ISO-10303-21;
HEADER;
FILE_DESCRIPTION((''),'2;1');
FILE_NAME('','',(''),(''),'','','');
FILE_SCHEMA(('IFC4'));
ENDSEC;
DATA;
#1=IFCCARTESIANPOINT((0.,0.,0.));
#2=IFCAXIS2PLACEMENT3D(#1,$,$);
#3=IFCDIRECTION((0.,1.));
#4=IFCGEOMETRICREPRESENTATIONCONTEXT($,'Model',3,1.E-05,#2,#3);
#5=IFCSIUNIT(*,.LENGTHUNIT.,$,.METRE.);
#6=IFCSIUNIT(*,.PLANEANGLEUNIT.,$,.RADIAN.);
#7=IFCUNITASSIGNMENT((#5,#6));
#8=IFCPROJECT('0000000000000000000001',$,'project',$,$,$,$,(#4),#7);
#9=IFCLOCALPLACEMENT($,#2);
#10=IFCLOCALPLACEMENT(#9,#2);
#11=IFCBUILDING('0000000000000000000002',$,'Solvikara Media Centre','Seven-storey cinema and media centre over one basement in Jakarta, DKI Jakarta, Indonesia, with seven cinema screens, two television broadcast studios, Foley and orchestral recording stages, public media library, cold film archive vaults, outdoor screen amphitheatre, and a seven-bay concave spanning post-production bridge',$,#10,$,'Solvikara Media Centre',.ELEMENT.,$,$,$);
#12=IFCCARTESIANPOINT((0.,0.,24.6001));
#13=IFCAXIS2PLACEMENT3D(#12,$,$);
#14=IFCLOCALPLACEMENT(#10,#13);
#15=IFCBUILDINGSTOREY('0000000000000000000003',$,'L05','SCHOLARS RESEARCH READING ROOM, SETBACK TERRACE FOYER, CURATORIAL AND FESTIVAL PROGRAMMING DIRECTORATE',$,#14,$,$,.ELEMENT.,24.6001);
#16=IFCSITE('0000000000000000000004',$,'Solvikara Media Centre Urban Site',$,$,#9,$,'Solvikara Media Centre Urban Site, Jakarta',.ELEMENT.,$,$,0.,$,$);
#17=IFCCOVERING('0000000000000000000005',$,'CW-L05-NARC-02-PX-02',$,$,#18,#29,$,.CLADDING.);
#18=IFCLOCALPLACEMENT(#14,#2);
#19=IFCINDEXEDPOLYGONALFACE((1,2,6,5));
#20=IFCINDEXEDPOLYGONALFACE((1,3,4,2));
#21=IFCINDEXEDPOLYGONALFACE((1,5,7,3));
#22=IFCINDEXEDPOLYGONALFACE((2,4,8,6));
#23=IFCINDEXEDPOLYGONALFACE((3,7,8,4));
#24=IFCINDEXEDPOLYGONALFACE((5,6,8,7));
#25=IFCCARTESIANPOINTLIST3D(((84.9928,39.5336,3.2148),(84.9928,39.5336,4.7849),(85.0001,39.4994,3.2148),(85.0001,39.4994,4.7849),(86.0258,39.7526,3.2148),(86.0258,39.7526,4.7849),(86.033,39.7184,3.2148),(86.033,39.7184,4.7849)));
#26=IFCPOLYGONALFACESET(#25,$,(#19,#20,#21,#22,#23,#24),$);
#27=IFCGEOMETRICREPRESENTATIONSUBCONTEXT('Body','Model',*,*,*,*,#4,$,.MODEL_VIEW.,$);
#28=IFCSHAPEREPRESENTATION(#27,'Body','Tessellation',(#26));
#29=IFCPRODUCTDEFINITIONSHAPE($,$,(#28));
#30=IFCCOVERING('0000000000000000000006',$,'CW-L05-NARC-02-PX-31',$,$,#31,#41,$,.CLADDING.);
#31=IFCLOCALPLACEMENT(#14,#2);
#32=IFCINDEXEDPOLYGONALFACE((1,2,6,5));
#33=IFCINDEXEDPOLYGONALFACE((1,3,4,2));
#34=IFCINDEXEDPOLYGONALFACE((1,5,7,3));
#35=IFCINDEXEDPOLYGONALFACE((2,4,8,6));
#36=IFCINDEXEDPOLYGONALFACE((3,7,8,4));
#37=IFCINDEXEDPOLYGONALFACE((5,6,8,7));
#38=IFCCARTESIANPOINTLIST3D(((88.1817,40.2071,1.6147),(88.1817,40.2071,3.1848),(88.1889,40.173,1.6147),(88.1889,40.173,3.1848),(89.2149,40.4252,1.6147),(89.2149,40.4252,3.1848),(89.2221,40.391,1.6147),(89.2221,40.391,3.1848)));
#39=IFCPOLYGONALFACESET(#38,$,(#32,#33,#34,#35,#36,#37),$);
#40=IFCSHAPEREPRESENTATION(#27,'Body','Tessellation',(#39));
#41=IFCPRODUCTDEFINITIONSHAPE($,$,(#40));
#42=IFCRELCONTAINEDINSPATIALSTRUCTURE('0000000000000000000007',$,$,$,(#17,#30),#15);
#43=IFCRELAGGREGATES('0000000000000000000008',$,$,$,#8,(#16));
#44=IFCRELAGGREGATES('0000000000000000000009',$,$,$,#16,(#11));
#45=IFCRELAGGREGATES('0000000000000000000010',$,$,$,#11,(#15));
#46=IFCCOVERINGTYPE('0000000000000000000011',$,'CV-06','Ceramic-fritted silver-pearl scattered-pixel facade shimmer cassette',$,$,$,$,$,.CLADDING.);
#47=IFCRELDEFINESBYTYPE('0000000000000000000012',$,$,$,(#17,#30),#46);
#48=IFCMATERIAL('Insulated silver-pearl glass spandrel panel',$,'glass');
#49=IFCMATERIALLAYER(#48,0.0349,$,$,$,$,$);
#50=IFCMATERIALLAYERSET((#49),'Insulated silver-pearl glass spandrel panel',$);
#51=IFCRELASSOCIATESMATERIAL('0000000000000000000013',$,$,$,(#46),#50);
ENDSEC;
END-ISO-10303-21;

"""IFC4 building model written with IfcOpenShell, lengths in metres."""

from ifc_helpers import new_model, si_unit, direction, frame, origin, origin_2d, place, context, subcontext, project, spatial, rectangle, extrude, material, layer, layer_set, type_object, element, save


model = new_model("IFC4")

# Units and contexts
model_context = context("Model", 3, precision=1e-05, world=origin(), true_north=direction((0.0, 1.0)))
body_context = subcontext(model_context, "Body", "Model", "MODEL_VIEW")
ifc_project = project(units=[si_unit("LENGTHUNIT", "METRE"), si_unit("PLANEANGLEUNIT", "RADIAN")], contexts=[model_context])

# Site, building, storey
site_placement = place(None, origin())
site = spatial("IfcSite", under=ifc_project, at=site_placement, Name="Solvikara Media Centre Urban Site", LongName="Solvikara Media Centre Urban Site, Jakarta", CompositionType="ELEMENT", RefElevation=0.0)
building_placement = place(site_placement, origin())
building = spatial("IfcBuilding", under=site, at=building_placement, Name="Solvikara Media Centre", Description="Seven-storey cinema and media centre over one basement in Jakarta, DKI Jakarta, Indonesia, with seven cinema screens, two television broadcast studios, Foley and orchestral recording stages, public media library, cold film archive vaults, outdoor screen amphitheatre, and a seven-bay concave spanning post-production bridge", LongName="Solvikara Media Centre", CompositionType="ELEMENT")
storey_placement = place(building_placement, frame((0.0, 0.0, 24.6001)))
storey = spatial("IfcBuildingStorey", under=building, at=storey_placement, Name="L05", Description="SCHOLARS RESEARCH READING ROOM, SETBACK TERRACE FOYER, CURATORIAL AND FESTIVAL PROGRAMMING DIRECTORATE", CompositionType="ELEMENT", Elevation=24.6001)

# Shared definitions
ifc_material_1 = material(Name="Insulated silver-pearl glass spandrel panel", Category="glass")

# Coverings
ifc_layer_1 = layer(ifc_material_1, 0.0349)
ifc_layer_set_1 = layer_set([ifc_layer_1], Name="Insulated silver-pearl glass spandrel panel")
covering_type_1 = type_object("IfcCoveringType", Name="CV-06", Description="Ceramic-fritted silver-pearl scattered-pixel facade shimmer cassette", PredefinedType="CLADDING", material=ifc_layer_set_1)
for number, where, z_axis, x_axis, name in (
    (1, (85.5129, 39.626, 3.2148), (0.0, 0.0, 1.0), (0.978256, 0.2074, 0.0), "CW-L05-NARC-02-PX-02"),
    (2, (88.7019, 40.2991, 1.6147), (0.0, 0.0, 1.0), (0.978448, 0.206495, 0.0), "CW-L05-NARC-02-PX-31"),
):
    element("IfcCovering", number, at=place(storey_placement, frame(where, z_axis=z_axis, x_axis=x_axis)), inside=storey, type_object=covering_type_1, Name=name, PredefinedType="CLADDING", context=body_context, shape_type="SweptSolid", body=[
        extrude(rectangle(XDim=1.0559, YDim=0.0349, at=origin_2d()), origin(), (0.0, 0.0, 1.0), 1.5701),
    ])

save(model, "model.ifc")
